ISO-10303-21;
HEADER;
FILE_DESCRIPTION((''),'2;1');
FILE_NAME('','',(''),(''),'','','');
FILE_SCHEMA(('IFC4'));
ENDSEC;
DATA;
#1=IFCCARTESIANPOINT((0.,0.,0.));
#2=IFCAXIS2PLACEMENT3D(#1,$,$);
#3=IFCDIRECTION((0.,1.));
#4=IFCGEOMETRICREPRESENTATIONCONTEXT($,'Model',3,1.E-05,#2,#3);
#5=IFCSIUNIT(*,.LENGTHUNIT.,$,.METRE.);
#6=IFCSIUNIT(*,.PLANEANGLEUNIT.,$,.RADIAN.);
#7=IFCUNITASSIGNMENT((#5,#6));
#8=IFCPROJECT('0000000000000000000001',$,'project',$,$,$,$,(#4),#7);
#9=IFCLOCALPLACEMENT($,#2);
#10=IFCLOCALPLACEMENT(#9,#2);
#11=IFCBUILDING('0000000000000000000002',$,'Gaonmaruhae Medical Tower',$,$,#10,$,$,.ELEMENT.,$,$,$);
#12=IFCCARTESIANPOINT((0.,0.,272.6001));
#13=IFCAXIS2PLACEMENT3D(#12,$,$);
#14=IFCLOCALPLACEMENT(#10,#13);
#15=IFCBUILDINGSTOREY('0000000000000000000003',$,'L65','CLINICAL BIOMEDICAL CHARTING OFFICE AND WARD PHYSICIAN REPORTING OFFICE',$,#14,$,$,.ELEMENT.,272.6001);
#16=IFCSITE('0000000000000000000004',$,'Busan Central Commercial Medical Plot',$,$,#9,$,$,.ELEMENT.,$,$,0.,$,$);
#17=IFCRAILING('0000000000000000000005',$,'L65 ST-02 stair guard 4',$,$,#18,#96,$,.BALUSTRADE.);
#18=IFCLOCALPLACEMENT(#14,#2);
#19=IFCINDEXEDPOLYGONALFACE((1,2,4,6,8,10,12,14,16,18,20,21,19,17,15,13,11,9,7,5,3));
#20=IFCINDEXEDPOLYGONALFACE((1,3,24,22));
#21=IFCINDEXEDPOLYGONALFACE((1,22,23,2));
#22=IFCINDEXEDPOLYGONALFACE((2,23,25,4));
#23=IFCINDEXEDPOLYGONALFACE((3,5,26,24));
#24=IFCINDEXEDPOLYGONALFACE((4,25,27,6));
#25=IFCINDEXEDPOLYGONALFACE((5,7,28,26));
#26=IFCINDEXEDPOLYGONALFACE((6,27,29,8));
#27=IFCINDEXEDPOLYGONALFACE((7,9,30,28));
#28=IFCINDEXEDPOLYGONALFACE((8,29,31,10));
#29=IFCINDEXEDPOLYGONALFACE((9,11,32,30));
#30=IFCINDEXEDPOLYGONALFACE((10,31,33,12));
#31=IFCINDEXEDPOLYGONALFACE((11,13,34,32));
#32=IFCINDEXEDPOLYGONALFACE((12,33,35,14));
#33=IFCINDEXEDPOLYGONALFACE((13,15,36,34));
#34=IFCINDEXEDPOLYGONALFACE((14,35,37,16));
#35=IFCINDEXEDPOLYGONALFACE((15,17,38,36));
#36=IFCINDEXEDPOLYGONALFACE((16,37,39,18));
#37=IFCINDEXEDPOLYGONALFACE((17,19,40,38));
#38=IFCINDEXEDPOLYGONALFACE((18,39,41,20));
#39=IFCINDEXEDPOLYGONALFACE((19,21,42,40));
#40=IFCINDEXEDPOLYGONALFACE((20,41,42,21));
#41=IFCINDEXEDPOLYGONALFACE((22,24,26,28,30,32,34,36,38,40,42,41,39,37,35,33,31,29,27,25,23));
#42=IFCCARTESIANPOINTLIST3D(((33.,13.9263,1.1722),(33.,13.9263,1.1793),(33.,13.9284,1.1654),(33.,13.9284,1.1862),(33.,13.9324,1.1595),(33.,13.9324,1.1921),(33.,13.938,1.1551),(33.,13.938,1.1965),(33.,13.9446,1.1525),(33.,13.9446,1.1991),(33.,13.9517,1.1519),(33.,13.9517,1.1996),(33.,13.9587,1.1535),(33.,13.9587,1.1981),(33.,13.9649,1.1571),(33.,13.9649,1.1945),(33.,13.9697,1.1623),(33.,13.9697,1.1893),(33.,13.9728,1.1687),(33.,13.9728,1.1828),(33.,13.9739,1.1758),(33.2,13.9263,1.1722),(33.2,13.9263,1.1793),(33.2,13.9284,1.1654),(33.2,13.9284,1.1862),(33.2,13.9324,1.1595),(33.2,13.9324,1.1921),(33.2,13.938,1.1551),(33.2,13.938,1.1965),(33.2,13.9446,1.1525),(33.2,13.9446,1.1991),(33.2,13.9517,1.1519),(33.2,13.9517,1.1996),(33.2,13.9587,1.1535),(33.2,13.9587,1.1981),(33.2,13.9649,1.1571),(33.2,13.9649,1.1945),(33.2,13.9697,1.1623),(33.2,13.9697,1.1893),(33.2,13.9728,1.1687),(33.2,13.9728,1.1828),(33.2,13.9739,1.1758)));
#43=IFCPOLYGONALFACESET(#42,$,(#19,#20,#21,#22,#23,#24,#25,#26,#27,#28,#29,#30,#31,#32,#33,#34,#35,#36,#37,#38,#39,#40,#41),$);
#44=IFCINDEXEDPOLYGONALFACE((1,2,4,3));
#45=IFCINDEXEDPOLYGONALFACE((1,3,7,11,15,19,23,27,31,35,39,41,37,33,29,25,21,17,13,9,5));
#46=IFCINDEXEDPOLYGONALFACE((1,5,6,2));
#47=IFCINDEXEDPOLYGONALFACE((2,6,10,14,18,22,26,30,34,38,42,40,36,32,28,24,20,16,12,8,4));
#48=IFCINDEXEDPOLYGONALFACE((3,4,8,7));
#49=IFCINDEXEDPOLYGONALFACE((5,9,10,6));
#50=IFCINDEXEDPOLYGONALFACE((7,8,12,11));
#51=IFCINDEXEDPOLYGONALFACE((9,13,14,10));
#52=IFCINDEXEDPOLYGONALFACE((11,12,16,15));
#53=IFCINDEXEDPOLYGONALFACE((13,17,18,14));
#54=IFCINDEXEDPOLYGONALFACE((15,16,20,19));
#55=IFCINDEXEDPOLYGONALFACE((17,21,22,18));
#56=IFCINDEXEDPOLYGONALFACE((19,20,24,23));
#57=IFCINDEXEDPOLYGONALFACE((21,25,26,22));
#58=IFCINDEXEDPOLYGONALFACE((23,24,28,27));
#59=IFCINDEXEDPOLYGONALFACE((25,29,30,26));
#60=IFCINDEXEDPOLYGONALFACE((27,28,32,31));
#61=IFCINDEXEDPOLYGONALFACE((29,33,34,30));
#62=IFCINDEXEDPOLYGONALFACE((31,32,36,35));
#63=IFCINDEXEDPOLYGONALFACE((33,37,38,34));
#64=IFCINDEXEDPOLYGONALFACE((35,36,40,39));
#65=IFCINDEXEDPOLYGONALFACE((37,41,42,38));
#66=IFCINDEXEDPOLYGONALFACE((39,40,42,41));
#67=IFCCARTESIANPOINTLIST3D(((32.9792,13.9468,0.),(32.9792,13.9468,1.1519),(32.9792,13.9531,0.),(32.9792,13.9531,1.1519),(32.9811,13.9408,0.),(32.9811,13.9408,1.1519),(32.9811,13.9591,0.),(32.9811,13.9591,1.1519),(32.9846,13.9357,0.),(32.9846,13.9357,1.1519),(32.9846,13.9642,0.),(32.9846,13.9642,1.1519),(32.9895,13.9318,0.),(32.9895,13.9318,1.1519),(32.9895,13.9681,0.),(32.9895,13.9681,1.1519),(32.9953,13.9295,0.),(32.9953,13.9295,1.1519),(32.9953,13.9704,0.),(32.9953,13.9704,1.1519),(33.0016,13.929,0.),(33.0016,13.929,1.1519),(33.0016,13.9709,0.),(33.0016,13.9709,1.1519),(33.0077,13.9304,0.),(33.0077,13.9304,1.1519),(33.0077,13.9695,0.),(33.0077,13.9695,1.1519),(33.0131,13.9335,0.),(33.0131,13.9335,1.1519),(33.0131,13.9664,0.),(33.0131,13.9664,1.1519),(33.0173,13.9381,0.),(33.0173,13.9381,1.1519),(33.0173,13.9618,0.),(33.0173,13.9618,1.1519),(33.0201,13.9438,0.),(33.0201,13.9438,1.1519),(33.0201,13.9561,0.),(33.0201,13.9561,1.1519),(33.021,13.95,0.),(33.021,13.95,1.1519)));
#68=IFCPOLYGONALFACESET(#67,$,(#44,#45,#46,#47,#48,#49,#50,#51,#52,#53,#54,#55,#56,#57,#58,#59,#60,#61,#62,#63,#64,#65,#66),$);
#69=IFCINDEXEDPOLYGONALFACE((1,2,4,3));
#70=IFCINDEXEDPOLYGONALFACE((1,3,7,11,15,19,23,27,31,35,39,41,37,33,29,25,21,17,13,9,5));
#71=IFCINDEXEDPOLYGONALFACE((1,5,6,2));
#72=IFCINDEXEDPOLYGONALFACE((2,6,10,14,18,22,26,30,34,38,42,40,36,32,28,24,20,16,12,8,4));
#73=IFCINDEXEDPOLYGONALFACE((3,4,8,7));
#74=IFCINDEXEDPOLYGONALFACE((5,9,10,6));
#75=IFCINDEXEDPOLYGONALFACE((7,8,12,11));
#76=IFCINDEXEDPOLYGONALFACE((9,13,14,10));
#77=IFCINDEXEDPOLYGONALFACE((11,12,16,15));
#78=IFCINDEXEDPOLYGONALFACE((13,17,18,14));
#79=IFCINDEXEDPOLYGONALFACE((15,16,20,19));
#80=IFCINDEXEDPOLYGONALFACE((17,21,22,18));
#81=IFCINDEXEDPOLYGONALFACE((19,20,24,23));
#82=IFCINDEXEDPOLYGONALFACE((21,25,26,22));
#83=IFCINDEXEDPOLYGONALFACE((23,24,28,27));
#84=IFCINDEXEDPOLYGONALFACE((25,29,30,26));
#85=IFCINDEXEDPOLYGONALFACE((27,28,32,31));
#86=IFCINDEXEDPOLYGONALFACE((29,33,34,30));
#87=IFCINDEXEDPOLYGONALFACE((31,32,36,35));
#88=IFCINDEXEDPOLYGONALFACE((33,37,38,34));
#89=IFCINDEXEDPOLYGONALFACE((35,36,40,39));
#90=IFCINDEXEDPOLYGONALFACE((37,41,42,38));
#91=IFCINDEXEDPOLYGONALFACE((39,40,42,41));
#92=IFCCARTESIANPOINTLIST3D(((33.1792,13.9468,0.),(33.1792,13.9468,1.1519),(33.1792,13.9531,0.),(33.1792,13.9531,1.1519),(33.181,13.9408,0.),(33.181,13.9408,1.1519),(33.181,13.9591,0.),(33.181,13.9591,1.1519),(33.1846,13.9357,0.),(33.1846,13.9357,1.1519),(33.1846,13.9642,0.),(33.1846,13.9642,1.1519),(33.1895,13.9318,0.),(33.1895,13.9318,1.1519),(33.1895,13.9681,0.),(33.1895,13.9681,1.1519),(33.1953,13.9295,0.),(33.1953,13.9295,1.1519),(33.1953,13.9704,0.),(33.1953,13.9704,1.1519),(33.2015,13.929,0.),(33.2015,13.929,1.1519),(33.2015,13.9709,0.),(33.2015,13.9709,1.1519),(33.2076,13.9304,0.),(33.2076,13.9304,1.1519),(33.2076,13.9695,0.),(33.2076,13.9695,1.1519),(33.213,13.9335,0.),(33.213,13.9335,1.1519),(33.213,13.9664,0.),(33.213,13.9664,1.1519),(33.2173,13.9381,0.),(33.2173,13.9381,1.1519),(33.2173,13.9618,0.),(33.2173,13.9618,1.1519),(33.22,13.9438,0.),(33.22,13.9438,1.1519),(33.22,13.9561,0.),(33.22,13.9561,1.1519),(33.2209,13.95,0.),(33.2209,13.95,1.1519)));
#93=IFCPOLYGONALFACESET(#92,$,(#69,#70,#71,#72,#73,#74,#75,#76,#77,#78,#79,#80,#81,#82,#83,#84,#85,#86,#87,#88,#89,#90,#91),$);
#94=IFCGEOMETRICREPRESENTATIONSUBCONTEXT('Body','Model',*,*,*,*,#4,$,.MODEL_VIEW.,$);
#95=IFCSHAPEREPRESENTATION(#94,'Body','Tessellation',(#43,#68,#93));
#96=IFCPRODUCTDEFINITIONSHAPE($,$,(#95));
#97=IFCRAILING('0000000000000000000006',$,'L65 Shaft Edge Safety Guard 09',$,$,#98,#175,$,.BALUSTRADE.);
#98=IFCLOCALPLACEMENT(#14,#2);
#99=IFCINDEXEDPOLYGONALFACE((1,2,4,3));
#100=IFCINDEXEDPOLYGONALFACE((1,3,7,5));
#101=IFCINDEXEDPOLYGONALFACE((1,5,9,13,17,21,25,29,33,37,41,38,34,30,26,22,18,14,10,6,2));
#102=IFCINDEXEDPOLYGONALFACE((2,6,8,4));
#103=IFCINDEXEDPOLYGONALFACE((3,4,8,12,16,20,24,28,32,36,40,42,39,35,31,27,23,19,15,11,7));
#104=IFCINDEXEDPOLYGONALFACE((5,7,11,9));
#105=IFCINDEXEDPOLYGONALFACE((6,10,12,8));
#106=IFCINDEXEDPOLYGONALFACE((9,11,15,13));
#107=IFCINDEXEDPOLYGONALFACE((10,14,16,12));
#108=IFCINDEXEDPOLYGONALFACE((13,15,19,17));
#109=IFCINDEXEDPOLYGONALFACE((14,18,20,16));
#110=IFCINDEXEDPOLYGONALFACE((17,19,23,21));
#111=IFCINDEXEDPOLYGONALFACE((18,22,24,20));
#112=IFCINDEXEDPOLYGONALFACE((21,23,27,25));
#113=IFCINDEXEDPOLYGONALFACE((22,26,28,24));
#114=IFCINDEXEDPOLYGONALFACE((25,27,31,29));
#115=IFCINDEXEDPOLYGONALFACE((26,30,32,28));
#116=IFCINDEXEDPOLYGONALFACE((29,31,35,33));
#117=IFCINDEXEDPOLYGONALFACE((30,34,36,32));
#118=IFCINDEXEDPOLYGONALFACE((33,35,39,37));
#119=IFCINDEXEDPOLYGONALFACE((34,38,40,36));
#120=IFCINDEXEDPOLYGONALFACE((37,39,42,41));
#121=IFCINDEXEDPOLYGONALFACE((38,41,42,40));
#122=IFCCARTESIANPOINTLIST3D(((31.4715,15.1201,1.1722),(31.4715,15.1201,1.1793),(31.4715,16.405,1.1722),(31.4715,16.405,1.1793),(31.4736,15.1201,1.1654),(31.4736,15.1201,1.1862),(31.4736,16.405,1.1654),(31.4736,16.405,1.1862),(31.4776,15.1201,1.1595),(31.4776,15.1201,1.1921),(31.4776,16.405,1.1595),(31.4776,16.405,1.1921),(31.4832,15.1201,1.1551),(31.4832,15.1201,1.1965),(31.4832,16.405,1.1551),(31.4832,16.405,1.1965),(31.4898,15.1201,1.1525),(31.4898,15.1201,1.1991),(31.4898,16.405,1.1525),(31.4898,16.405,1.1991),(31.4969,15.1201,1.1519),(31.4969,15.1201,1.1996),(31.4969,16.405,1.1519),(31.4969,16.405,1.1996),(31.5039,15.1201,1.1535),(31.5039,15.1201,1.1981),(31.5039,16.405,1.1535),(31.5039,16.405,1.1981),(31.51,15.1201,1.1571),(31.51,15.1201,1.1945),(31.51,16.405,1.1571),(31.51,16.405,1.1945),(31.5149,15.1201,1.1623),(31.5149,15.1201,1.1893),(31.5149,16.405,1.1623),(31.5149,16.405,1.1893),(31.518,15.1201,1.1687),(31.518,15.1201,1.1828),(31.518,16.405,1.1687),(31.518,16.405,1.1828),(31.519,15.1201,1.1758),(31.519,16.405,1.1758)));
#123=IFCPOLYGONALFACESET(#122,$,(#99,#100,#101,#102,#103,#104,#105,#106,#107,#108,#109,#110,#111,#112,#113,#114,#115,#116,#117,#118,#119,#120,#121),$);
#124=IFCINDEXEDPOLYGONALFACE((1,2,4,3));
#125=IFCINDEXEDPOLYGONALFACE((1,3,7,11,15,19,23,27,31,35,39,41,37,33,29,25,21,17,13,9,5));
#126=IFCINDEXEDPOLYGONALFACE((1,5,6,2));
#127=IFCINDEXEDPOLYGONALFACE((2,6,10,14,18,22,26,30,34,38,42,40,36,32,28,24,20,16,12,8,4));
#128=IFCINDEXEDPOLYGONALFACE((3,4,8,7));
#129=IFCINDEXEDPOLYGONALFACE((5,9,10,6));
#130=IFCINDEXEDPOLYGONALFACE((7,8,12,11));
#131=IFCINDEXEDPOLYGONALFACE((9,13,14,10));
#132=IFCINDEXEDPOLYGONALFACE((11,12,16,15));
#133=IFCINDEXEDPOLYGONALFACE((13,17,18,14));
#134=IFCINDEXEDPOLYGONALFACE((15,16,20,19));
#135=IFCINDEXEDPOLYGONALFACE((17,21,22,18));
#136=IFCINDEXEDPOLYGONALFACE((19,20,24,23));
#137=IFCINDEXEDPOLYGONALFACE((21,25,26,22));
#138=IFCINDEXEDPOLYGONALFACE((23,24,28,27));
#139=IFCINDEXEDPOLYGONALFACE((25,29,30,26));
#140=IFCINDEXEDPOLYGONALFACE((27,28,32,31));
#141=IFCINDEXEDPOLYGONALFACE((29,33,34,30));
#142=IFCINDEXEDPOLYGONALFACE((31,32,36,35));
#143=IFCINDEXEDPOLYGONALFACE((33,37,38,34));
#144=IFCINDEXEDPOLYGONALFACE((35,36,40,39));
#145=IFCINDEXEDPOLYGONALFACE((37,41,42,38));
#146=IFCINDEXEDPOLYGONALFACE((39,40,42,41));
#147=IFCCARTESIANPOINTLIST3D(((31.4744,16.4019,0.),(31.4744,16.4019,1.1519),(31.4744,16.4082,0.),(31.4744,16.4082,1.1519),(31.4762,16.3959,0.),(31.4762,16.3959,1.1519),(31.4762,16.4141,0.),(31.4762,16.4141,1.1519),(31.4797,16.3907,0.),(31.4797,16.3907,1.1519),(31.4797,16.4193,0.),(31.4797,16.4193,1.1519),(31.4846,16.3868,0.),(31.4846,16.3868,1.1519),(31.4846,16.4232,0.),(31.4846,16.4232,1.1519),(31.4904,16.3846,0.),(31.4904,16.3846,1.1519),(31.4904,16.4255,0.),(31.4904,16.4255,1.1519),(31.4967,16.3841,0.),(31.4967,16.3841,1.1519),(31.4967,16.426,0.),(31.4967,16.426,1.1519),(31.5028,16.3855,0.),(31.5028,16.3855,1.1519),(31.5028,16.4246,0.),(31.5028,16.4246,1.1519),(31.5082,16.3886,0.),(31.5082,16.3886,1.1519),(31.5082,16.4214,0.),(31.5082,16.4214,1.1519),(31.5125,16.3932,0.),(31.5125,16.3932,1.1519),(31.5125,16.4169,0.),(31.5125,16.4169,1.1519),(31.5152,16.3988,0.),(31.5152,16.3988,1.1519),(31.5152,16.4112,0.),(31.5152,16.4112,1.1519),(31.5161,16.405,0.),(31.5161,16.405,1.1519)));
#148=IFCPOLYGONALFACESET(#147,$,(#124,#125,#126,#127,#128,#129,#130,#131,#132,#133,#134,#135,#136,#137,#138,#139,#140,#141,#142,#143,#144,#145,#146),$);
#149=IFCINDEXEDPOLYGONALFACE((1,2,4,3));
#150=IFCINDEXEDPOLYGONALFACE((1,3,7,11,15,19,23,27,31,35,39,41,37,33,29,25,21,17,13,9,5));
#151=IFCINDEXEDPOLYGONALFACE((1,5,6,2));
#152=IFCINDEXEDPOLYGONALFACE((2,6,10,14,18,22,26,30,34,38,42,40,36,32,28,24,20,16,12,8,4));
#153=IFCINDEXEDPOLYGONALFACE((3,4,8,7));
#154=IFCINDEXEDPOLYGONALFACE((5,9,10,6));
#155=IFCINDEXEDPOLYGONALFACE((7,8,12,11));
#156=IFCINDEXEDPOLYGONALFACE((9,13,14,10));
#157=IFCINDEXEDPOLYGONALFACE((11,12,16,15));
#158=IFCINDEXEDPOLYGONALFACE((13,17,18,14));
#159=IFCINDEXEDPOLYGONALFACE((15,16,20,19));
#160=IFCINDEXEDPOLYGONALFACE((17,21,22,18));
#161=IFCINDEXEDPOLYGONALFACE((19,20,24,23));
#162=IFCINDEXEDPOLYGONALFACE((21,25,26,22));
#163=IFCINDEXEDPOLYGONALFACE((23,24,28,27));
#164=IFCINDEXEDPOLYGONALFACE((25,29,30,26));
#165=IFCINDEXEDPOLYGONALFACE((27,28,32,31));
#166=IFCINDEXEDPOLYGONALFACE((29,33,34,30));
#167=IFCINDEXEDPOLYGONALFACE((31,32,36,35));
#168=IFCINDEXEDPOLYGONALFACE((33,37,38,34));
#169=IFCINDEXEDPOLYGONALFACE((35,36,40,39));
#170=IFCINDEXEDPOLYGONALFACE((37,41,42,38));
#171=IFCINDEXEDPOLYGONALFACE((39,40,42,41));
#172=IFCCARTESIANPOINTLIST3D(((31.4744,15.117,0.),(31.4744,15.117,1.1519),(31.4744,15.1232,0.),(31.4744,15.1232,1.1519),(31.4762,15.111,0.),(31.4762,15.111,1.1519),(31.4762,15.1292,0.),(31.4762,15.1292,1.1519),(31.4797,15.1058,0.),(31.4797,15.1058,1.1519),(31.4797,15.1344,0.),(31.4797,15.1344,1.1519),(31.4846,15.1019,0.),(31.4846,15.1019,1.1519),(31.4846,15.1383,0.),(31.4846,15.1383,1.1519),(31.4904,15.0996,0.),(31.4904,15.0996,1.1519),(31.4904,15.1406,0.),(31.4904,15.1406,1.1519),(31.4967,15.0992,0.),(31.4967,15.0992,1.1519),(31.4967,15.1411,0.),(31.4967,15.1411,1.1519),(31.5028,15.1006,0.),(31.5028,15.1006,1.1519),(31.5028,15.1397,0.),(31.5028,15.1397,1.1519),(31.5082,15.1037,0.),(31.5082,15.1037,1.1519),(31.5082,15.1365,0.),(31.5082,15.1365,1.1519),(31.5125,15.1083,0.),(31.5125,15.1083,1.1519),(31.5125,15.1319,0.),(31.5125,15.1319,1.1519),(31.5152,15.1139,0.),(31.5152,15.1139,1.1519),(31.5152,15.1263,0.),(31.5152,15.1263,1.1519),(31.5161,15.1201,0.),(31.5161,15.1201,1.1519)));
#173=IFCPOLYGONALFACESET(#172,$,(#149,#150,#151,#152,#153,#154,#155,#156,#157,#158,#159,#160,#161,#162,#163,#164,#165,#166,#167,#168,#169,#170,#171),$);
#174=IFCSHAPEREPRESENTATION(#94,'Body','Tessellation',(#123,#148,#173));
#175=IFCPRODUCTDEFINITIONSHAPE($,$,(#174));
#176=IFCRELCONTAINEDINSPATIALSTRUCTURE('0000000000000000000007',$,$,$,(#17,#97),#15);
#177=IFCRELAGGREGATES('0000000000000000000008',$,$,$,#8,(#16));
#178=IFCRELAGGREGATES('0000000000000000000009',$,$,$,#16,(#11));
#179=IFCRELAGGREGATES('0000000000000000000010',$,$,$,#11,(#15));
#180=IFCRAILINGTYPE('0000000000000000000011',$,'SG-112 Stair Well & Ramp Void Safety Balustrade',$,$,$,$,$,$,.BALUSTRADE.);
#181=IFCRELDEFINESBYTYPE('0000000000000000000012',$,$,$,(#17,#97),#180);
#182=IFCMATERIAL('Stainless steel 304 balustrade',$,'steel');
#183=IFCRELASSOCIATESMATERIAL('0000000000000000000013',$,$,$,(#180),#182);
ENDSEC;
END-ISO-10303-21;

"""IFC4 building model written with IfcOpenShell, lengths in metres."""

from ifc_helpers import new_model, si_unit, direction, frame, origin, origin_2d, place, context, subcontext, project, spatial, circle, extrude, material, type_object, element, save


model = new_model("IFC4")

# Units and contexts
model_context = context("Model", 3, precision=1e-05, world=origin(), true_north=direction((0.0, 1.0)))
body_context = subcontext(model_context, "Body", "Model", "MODEL_VIEW")
ifc_project = project(units=[si_unit("LENGTHUNIT", "METRE"), si_unit("PLANEANGLEUNIT", "RADIAN")], contexts=[model_context])

# Site, building, storey
site_placement = place(None, origin())
site = spatial("IfcSite", under=ifc_project, at=site_placement, Name="Busan Central Commercial Medical Plot", CompositionType="ELEMENT", RefElevation=0.0)
building_placement = place(site_placement, origin())
building = spatial("IfcBuilding", under=site, at=building_placement, Name="Gaonmaruhae Medical Tower", CompositionType="ELEMENT")
storey_placement = place(building_placement, frame((0.0, 0.0, 272.6001)))
storey = spatial("IfcBuildingStorey", under=building, at=storey_placement, Name="L65", Description="CLINICAL BIOMEDICAL CHARTING OFFICE AND WARD PHYSICIAN REPORTING OFFICE", CompositionType="ELEMENT", Elevation=272.6001)

# Railings
ifc_material_1 = material(Name="Stainless steel 304 balustrade", Category="steel")
railing_type_1 = type_object("IfcRailingType", Name="SG-112 Stair Well & Ramp Void Safety Balustrade", PredefinedType="BALUSTRADE", material=ifc_material_1)
railing_1_placement = place(storey_placement, frame((33.0, 13.95, 0.0)))
element("IfcRailing", 1, at=railing_1_placement, inside=storey, type_object=railing_type_1, Name="L65 ST-02 stair guard 4", PredefinedType="BALUSTRADE", context=body_context, shape_type="SweptSolid", body=[
    extrude(circle(Radius=0.0239, at=origin_2d()), frame((0.0, 0.0, 1.1758), z_axis=(1.0, 0.0, 0.0), x_axis=(0.0, 1.0, 0.0)), (0.0, 0.0, 1.0), 0.2),
    extrude(circle(Radius=0.021, at=origin_2d()), origin(), (0.0, 0.0, 1.0), 1.1519),
    extrude(circle(Radius=0.021, at=origin_2d()), frame((0.2, 0.0, 0.0)), (0.0, 0.0, 1.0), 1.1519),
])
railing_2_placement = place(storey_placement, frame((31.4951, 16.405, 0.0)))
element("IfcRailing", 2, at=railing_2_placement, inside=storey, type_object=railing_type_1, Name="L65 Shaft Edge Safety Guard 09", PredefinedType="BALUSTRADE", context=body_context, shape_type="SweptSolid", body=[
    extrude(circle(Radius=0.0239, at=origin_2d()), frame((0.0, 0.0, 1.1758), z_axis=(0.0, -1.0, 0.0), x_axis=(1.0, 0.0, 0.0)), (0.0, 0.0, 1.0), 1.2849),
    extrude(circle(Radius=0.021, at=origin_2d()), origin(), (0.0, 0.0, 1.0), 1.1519),
    extrude(circle(Radius=0.021, at=origin_2d()), frame((0.0, -1.2849, 0.0)), (0.0, 0.0, 1.0), 1.1519),
])

save(model, "model.ifc")
